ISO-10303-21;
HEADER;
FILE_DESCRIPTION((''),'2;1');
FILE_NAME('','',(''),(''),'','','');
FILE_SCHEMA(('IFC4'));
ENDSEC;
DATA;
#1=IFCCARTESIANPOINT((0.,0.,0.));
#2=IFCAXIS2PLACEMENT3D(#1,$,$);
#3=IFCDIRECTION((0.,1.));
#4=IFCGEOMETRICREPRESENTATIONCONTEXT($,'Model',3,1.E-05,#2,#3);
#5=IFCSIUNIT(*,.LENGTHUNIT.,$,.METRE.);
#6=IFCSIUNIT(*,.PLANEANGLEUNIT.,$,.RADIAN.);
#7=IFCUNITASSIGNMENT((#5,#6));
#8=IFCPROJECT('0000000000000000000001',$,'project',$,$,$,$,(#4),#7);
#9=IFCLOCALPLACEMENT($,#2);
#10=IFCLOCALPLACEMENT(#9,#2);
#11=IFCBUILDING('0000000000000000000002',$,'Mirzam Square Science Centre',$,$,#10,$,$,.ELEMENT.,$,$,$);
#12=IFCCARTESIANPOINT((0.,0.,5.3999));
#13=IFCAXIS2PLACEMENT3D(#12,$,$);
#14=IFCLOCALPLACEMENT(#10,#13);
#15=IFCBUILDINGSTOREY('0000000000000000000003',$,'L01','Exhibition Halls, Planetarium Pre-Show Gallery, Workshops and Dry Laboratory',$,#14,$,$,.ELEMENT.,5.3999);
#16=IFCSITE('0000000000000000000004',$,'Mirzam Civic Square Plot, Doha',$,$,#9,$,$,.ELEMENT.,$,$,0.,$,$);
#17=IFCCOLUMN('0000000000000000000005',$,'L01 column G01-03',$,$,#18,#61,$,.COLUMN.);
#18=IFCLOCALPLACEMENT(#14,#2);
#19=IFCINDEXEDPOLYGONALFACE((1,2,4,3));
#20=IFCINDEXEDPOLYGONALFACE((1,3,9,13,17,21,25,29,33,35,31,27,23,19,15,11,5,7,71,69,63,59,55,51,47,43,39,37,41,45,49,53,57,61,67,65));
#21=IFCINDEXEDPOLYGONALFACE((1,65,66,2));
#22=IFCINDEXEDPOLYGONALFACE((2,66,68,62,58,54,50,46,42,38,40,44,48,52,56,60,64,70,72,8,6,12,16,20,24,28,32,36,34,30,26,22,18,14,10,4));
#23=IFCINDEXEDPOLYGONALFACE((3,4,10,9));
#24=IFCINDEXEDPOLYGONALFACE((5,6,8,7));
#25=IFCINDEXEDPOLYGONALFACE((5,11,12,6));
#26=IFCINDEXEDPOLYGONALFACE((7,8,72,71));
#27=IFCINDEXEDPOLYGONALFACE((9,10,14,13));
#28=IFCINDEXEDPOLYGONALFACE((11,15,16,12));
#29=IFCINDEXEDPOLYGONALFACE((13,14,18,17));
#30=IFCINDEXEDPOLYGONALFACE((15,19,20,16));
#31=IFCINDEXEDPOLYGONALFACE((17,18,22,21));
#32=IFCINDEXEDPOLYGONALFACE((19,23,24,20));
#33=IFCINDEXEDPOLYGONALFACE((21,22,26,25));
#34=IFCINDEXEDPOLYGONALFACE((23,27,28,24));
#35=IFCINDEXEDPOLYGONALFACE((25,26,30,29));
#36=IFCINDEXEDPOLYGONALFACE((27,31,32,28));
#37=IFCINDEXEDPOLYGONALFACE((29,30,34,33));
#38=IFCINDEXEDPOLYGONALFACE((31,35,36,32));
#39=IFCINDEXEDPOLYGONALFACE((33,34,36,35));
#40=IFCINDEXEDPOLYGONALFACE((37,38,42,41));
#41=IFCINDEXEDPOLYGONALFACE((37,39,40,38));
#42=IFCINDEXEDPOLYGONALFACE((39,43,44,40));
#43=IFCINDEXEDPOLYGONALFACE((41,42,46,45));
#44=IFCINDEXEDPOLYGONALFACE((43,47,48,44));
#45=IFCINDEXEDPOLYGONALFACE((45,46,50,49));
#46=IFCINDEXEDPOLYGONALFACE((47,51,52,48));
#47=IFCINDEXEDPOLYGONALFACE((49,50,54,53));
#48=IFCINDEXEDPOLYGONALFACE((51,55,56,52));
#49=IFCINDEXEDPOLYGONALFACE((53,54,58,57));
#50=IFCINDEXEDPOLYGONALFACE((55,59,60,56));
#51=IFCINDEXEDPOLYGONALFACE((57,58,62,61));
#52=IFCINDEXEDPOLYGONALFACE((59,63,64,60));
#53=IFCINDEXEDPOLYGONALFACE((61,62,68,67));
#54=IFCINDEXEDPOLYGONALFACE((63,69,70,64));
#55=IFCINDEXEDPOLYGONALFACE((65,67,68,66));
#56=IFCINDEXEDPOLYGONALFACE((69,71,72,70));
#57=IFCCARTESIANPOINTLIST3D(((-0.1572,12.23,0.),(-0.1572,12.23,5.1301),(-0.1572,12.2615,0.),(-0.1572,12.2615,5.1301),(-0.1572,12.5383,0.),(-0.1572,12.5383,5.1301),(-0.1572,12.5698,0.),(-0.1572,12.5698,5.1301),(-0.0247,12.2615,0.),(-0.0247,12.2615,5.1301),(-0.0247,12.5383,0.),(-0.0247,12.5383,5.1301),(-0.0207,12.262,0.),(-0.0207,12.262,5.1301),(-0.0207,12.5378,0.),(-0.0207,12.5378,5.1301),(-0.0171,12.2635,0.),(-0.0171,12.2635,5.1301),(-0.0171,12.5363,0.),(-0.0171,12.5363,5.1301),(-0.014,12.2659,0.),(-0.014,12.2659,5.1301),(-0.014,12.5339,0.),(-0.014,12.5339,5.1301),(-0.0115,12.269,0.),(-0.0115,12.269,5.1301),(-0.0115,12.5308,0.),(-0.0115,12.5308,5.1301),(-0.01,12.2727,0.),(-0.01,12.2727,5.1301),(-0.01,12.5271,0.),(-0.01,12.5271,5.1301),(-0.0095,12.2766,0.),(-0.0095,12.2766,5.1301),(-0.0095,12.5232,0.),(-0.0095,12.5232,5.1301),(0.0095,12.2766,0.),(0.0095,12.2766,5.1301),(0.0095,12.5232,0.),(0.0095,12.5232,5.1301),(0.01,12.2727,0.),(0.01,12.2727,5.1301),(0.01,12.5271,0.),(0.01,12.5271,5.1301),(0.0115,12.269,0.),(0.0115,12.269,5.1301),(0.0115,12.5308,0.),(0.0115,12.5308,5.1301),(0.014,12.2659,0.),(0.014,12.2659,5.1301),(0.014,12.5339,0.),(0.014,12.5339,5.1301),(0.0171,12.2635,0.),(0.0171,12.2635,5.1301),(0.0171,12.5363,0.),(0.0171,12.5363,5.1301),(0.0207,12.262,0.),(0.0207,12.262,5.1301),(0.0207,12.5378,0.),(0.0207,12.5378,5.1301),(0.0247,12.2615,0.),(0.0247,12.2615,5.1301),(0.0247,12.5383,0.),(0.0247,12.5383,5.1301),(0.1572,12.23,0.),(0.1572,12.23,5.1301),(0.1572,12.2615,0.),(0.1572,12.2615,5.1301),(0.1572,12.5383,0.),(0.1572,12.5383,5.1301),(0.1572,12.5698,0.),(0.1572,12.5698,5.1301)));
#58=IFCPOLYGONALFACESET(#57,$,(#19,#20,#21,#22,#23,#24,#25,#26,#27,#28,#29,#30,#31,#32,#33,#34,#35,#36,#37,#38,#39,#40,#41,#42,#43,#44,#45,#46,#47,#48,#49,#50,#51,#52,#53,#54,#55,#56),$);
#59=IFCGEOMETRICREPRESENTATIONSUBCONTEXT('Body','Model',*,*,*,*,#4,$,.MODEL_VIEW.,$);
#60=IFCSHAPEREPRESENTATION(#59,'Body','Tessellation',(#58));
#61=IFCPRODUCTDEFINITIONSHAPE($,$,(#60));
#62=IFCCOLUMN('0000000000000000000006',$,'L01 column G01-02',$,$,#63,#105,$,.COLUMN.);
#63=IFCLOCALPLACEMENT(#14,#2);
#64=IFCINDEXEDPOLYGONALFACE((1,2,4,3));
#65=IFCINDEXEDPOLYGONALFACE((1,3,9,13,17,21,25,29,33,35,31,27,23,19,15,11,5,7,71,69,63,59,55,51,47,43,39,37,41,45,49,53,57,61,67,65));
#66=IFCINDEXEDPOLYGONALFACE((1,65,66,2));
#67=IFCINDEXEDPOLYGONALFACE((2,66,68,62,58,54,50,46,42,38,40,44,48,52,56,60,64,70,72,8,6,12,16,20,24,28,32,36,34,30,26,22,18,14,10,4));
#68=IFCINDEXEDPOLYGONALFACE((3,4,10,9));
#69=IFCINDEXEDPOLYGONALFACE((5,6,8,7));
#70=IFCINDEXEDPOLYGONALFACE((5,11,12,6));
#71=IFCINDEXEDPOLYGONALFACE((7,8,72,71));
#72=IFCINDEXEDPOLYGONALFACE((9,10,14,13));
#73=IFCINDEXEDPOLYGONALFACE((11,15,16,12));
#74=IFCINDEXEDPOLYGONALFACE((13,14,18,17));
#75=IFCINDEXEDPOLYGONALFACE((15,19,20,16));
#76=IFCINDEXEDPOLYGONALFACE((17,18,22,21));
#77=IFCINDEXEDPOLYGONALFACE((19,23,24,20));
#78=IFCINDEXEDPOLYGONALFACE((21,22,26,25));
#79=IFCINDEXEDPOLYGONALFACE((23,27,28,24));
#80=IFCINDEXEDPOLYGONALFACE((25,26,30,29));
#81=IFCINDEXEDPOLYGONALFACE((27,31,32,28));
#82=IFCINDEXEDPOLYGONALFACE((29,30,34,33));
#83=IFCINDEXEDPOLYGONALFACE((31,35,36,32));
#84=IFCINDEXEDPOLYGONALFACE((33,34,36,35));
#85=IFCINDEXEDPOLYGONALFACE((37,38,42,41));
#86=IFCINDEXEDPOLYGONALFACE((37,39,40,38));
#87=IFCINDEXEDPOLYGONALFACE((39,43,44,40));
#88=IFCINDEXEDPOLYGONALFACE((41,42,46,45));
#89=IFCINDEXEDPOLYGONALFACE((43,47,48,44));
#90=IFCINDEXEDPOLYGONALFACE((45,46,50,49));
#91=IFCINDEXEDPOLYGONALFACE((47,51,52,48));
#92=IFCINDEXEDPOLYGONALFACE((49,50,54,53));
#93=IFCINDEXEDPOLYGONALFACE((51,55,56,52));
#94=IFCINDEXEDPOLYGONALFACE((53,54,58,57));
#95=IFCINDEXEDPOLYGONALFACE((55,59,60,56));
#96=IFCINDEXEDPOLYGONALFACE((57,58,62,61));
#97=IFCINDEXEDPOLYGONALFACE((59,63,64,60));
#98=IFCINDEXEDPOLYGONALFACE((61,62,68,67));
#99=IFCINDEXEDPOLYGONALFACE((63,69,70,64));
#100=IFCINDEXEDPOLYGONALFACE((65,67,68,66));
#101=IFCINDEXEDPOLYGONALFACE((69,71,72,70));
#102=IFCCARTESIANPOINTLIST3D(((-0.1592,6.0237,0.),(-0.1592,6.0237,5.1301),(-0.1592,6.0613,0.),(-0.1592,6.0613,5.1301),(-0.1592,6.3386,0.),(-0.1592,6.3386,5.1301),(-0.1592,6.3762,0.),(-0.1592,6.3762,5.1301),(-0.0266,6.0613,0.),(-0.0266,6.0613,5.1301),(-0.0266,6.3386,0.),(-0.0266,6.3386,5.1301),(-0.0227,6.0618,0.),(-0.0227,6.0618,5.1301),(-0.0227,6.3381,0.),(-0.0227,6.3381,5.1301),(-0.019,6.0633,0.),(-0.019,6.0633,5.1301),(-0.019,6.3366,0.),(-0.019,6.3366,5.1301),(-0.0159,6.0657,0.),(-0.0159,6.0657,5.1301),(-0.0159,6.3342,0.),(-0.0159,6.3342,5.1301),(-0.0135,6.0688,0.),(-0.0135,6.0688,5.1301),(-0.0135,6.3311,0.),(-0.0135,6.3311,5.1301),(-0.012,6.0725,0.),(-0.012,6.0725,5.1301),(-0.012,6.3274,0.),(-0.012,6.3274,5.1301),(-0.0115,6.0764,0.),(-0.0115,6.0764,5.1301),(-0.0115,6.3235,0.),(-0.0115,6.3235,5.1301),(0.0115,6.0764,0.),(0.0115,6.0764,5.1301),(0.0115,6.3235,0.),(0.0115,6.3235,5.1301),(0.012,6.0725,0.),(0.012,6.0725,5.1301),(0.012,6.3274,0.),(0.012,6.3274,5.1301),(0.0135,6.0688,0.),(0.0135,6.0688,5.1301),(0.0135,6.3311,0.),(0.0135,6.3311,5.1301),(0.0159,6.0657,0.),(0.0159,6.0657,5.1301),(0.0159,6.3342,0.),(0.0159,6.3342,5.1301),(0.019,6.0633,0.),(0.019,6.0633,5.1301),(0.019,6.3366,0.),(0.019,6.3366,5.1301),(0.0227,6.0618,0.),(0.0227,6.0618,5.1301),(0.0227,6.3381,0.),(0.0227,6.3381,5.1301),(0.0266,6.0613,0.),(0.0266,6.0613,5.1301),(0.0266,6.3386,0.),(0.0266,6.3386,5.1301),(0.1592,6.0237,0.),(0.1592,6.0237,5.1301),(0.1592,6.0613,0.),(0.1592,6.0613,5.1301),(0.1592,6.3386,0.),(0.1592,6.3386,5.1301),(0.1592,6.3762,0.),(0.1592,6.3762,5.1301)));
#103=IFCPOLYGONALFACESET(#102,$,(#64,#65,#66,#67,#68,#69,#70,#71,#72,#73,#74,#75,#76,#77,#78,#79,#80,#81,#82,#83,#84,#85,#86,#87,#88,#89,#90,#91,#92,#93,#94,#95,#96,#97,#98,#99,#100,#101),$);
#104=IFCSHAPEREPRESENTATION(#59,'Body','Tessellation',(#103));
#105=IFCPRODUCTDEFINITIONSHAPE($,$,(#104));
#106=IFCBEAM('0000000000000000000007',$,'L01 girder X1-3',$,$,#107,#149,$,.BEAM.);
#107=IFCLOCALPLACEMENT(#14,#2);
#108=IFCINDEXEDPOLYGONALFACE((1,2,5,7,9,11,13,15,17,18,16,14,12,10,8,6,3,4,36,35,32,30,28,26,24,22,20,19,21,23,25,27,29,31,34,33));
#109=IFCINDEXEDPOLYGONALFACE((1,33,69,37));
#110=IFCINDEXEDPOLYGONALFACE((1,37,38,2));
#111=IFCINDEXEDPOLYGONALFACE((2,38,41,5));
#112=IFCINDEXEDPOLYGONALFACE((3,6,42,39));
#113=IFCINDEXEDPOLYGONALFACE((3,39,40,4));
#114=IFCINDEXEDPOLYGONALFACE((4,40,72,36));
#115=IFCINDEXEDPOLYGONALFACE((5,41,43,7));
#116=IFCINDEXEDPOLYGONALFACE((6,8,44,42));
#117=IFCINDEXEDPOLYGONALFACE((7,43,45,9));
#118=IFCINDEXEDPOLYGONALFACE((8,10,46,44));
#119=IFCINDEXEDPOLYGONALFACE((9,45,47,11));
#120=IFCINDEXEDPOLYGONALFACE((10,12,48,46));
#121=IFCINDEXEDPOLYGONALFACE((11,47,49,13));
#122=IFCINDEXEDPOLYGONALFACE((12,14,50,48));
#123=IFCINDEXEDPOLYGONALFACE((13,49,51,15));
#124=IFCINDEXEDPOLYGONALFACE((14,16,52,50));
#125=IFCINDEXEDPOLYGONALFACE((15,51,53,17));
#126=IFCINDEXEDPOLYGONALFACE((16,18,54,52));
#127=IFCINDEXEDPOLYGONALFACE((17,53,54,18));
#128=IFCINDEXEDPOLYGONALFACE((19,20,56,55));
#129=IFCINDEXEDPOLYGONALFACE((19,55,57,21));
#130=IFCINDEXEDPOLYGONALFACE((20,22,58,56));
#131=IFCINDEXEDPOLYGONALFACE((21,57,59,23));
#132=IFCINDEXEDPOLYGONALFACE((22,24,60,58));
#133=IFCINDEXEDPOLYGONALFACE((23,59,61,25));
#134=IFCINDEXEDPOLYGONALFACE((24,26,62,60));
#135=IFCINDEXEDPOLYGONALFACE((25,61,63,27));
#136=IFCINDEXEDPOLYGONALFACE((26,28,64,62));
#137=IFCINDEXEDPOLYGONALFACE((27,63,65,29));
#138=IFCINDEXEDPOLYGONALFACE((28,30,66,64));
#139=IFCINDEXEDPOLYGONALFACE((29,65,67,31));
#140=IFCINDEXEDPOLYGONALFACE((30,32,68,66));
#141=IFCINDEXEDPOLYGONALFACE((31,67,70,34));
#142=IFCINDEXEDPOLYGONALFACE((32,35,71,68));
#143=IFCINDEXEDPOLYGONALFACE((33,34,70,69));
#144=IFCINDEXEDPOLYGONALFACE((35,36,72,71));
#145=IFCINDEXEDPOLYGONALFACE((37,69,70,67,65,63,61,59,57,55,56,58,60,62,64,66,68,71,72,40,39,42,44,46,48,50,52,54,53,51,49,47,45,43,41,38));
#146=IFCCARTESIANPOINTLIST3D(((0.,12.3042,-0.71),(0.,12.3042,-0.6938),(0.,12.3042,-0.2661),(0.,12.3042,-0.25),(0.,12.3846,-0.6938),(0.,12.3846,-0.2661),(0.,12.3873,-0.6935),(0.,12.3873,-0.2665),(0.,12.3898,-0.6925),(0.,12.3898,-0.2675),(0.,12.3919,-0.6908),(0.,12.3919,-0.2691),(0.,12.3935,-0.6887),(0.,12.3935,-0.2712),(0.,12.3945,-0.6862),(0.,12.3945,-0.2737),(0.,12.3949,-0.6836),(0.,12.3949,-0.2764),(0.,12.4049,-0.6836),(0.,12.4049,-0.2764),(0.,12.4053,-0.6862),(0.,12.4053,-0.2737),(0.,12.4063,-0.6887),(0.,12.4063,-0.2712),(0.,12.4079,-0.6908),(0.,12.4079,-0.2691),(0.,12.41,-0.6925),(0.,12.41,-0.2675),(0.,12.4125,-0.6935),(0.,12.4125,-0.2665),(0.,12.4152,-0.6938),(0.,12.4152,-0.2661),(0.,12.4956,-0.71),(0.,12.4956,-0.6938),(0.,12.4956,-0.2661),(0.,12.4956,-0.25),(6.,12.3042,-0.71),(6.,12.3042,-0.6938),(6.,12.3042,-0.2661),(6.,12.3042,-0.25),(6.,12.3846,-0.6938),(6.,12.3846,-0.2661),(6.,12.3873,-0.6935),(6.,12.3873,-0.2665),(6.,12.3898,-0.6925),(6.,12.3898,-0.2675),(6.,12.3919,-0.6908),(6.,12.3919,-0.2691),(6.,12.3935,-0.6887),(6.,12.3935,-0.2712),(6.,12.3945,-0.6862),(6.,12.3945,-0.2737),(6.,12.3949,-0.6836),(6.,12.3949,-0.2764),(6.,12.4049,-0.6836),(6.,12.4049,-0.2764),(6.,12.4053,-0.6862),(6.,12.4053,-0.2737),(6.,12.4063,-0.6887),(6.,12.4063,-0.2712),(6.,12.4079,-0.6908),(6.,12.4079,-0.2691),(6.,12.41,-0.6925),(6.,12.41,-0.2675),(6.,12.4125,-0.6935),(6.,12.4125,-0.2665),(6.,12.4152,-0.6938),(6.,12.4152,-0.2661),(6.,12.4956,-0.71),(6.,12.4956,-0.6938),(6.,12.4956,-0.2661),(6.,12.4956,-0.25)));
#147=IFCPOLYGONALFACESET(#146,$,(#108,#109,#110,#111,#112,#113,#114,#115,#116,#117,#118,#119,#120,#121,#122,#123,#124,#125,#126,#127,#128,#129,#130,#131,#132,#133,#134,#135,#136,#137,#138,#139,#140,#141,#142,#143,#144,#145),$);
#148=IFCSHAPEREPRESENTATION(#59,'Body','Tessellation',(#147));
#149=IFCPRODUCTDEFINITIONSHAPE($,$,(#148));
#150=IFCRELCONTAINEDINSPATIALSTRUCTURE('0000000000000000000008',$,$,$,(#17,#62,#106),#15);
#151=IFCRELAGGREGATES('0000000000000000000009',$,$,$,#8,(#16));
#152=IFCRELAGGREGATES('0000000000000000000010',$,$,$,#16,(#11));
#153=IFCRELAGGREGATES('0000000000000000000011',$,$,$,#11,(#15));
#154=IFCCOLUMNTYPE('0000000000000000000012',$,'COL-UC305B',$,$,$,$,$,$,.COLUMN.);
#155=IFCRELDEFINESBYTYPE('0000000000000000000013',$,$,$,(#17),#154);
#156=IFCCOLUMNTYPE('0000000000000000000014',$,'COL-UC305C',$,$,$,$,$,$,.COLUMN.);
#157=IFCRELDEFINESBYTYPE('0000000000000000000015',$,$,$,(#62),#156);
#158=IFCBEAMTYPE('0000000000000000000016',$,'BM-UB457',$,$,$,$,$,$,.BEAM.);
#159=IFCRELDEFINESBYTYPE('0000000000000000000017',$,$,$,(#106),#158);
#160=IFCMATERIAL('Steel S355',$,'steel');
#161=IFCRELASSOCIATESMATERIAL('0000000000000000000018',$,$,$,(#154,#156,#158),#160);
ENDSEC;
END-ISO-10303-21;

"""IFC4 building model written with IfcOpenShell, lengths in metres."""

from ifc_helpers import new_model, si_unit, direction, frame, origin, origin_2d, place, context, subcontext, project, spatial, i_section, extrude, material, material_profile, profile_set, type_object, element, save


model = new_model("IFC4")

# Units and contexts
model_context = context("Model", 3, precision=1e-05, world=origin(), true_north=direction((0.0, 1.0)))
body_context = subcontext(model_context, "Body", "Model", "MODEL_VIEW")
ifc_project = project(units=[si_unit("LENGTHUNIT", "METRE"), si_unit("PLANEANGLEUNIT", "RADIAN")], contexts=[model_context])

# Site, building, storey
site_placement = place(None, origin())
site = spatial("IfcSite", under=ifc_project, at=site_placement, Name="Mirzam Civic Square Plot, Doha", CompositionType="ELEMENT", RefElevation=0.0)
building_placement = place(site_placement, origin())
building = spatial("IfcBuilding", under=site, at=building_placement, Name="Mirzam Square Science Centre", CompositionType="ELEMENT")
storey_placement = place(building_placement, frame((0.0, 0.0, 5.3999)))
storey = spatial("IfcBuildingStorey", under=building, at=storey_placement, Name="L01", Description="Exhibition Halls, Planetarium Pre-Show Gallery, Workshops and Dry Laboratory", CompositionType="ELEMENT", Elevation=5.3999)

# Columns
ifc_material_1 = material(Name="Steel S355", Category="steel")
ifc_material_profile_1 = material_profile(ifc_material_1, i_section(OverallWidth=0.3145, OverallDepth=0.3398, WebThickness=0.019, FlangeThickness=0.0315, FilletRadius=0.0151, at=origin_2d()), Name="305x305x198UC")
ifc_profile_set_1 = profile_set([ifc_material_profile_1], Name="Steel S355")
column_type_1 = type_object("IfcColumnType", Name="COL-UC305B", PredefinedType="COLUMN", material=ifc_profile_set_1)
column_1_placement = place(storey_placement, frame((0.0, 12.3999, 0.0), z_axis=(0.0, 0.0, 1.0), x_axis=(1.0, 0.0, 0.0)))
element("IfcColumn", 1, at=column_1_placement, inside=storey, type_object=column_type_1, Name="L01 column G01-03", PredefinedType="COLUMN", context=body_context, shape_type="SweptSolid", body=[
    extrude(i_section(OverallWidth=0.3145, OverallDepth=0.3398, WebThickness=0.019, FlangeThickness=0.0315, FilletRadius=0.0151, at=origin_2d()), origin(), (0.0, 0.0, 1.0), 5.1301),
])
ifc_material_profile_2 = material_profile(ifc_material_1, i_section(OverallWidth=0.3184, OverallDepth=0.3525, WebThickness=0.0229, FlangeThickness=0.0376, FilletRadius=0.0151, at=origin_2d()), Name="305x305x240UC")
ifc_profile_set_2 = profile_set([ifc_material_profile_2], Name="Steel S355")
column_type_2 = type_object("IfcColumnType", Name="COL-UC305C", PredefinedType="COLUMN", material=ifc_profile_set_2)
column_2_placement = place(storey_placement, frame((0.0, 6.2, 0.0), z_axis=(0.0, 0.0, 1.0), x_axis=(1.0, 0.0, 0.0)))
element("IfcColumn", 2, at=column_2_placement, inside=storey, type_object=column_type_2, Name="L01 column G01-02", PredefinedType="COLUMN", context=body_context, shape_type="SweptSolid", body=[
    extrude(i_section(OverallWidth=0.3184, OverallDepth=0.3525, WebThickness=0.0229, FlangeThickness=0.0376, FilletRadius=0.0151, at=origin_2d()), origin(), (0.0, 0.0, 1.0), 5.1301),
])

# Beam
ifc_material_profile_3 = material_profile(ifc_material_1, i_section(OverallWidth=0.1914, OverallDepth=0.46, WebThickness=0.01, FlangeThickness=0.0161, FilletRadius=0.0103, at=origin_2d()), Name="457x191x82UB")
ifc_profile_set_3 = profile_set([ifc_material_profile_3], Name="Steel S355")
beam_type_1 = type_object("IfcBeamType", Name="BM-UB457", PredefinedType="BEAM", material=ifc_profile_set_3)
beam_1_placement = place(storey_placement, frame((0.0, 12.3999, -0.48), z_axis=(1.0, 0.0, 0.0), x_axis=(0.0, 1.0, 0.0)))
element("IfcBeam", 3, at=beam_1_placement, inside=storey, type_object=beam_type_1, Name="L01 girder X1-3", PredefinedType="BEAM", context=body_context, shape_type="SweptSolid", body=[
    extrude(i_section(OverallWidth=0.1914, OverallDepth=0.46, WebThickness=0.01, FlangeThickness=0.0161, FilletRadius=0.0103, at=origin_2d()), origin(), (0.0, 0.0, 1.0), 6.0),
])

save(model, "model.ifc")
